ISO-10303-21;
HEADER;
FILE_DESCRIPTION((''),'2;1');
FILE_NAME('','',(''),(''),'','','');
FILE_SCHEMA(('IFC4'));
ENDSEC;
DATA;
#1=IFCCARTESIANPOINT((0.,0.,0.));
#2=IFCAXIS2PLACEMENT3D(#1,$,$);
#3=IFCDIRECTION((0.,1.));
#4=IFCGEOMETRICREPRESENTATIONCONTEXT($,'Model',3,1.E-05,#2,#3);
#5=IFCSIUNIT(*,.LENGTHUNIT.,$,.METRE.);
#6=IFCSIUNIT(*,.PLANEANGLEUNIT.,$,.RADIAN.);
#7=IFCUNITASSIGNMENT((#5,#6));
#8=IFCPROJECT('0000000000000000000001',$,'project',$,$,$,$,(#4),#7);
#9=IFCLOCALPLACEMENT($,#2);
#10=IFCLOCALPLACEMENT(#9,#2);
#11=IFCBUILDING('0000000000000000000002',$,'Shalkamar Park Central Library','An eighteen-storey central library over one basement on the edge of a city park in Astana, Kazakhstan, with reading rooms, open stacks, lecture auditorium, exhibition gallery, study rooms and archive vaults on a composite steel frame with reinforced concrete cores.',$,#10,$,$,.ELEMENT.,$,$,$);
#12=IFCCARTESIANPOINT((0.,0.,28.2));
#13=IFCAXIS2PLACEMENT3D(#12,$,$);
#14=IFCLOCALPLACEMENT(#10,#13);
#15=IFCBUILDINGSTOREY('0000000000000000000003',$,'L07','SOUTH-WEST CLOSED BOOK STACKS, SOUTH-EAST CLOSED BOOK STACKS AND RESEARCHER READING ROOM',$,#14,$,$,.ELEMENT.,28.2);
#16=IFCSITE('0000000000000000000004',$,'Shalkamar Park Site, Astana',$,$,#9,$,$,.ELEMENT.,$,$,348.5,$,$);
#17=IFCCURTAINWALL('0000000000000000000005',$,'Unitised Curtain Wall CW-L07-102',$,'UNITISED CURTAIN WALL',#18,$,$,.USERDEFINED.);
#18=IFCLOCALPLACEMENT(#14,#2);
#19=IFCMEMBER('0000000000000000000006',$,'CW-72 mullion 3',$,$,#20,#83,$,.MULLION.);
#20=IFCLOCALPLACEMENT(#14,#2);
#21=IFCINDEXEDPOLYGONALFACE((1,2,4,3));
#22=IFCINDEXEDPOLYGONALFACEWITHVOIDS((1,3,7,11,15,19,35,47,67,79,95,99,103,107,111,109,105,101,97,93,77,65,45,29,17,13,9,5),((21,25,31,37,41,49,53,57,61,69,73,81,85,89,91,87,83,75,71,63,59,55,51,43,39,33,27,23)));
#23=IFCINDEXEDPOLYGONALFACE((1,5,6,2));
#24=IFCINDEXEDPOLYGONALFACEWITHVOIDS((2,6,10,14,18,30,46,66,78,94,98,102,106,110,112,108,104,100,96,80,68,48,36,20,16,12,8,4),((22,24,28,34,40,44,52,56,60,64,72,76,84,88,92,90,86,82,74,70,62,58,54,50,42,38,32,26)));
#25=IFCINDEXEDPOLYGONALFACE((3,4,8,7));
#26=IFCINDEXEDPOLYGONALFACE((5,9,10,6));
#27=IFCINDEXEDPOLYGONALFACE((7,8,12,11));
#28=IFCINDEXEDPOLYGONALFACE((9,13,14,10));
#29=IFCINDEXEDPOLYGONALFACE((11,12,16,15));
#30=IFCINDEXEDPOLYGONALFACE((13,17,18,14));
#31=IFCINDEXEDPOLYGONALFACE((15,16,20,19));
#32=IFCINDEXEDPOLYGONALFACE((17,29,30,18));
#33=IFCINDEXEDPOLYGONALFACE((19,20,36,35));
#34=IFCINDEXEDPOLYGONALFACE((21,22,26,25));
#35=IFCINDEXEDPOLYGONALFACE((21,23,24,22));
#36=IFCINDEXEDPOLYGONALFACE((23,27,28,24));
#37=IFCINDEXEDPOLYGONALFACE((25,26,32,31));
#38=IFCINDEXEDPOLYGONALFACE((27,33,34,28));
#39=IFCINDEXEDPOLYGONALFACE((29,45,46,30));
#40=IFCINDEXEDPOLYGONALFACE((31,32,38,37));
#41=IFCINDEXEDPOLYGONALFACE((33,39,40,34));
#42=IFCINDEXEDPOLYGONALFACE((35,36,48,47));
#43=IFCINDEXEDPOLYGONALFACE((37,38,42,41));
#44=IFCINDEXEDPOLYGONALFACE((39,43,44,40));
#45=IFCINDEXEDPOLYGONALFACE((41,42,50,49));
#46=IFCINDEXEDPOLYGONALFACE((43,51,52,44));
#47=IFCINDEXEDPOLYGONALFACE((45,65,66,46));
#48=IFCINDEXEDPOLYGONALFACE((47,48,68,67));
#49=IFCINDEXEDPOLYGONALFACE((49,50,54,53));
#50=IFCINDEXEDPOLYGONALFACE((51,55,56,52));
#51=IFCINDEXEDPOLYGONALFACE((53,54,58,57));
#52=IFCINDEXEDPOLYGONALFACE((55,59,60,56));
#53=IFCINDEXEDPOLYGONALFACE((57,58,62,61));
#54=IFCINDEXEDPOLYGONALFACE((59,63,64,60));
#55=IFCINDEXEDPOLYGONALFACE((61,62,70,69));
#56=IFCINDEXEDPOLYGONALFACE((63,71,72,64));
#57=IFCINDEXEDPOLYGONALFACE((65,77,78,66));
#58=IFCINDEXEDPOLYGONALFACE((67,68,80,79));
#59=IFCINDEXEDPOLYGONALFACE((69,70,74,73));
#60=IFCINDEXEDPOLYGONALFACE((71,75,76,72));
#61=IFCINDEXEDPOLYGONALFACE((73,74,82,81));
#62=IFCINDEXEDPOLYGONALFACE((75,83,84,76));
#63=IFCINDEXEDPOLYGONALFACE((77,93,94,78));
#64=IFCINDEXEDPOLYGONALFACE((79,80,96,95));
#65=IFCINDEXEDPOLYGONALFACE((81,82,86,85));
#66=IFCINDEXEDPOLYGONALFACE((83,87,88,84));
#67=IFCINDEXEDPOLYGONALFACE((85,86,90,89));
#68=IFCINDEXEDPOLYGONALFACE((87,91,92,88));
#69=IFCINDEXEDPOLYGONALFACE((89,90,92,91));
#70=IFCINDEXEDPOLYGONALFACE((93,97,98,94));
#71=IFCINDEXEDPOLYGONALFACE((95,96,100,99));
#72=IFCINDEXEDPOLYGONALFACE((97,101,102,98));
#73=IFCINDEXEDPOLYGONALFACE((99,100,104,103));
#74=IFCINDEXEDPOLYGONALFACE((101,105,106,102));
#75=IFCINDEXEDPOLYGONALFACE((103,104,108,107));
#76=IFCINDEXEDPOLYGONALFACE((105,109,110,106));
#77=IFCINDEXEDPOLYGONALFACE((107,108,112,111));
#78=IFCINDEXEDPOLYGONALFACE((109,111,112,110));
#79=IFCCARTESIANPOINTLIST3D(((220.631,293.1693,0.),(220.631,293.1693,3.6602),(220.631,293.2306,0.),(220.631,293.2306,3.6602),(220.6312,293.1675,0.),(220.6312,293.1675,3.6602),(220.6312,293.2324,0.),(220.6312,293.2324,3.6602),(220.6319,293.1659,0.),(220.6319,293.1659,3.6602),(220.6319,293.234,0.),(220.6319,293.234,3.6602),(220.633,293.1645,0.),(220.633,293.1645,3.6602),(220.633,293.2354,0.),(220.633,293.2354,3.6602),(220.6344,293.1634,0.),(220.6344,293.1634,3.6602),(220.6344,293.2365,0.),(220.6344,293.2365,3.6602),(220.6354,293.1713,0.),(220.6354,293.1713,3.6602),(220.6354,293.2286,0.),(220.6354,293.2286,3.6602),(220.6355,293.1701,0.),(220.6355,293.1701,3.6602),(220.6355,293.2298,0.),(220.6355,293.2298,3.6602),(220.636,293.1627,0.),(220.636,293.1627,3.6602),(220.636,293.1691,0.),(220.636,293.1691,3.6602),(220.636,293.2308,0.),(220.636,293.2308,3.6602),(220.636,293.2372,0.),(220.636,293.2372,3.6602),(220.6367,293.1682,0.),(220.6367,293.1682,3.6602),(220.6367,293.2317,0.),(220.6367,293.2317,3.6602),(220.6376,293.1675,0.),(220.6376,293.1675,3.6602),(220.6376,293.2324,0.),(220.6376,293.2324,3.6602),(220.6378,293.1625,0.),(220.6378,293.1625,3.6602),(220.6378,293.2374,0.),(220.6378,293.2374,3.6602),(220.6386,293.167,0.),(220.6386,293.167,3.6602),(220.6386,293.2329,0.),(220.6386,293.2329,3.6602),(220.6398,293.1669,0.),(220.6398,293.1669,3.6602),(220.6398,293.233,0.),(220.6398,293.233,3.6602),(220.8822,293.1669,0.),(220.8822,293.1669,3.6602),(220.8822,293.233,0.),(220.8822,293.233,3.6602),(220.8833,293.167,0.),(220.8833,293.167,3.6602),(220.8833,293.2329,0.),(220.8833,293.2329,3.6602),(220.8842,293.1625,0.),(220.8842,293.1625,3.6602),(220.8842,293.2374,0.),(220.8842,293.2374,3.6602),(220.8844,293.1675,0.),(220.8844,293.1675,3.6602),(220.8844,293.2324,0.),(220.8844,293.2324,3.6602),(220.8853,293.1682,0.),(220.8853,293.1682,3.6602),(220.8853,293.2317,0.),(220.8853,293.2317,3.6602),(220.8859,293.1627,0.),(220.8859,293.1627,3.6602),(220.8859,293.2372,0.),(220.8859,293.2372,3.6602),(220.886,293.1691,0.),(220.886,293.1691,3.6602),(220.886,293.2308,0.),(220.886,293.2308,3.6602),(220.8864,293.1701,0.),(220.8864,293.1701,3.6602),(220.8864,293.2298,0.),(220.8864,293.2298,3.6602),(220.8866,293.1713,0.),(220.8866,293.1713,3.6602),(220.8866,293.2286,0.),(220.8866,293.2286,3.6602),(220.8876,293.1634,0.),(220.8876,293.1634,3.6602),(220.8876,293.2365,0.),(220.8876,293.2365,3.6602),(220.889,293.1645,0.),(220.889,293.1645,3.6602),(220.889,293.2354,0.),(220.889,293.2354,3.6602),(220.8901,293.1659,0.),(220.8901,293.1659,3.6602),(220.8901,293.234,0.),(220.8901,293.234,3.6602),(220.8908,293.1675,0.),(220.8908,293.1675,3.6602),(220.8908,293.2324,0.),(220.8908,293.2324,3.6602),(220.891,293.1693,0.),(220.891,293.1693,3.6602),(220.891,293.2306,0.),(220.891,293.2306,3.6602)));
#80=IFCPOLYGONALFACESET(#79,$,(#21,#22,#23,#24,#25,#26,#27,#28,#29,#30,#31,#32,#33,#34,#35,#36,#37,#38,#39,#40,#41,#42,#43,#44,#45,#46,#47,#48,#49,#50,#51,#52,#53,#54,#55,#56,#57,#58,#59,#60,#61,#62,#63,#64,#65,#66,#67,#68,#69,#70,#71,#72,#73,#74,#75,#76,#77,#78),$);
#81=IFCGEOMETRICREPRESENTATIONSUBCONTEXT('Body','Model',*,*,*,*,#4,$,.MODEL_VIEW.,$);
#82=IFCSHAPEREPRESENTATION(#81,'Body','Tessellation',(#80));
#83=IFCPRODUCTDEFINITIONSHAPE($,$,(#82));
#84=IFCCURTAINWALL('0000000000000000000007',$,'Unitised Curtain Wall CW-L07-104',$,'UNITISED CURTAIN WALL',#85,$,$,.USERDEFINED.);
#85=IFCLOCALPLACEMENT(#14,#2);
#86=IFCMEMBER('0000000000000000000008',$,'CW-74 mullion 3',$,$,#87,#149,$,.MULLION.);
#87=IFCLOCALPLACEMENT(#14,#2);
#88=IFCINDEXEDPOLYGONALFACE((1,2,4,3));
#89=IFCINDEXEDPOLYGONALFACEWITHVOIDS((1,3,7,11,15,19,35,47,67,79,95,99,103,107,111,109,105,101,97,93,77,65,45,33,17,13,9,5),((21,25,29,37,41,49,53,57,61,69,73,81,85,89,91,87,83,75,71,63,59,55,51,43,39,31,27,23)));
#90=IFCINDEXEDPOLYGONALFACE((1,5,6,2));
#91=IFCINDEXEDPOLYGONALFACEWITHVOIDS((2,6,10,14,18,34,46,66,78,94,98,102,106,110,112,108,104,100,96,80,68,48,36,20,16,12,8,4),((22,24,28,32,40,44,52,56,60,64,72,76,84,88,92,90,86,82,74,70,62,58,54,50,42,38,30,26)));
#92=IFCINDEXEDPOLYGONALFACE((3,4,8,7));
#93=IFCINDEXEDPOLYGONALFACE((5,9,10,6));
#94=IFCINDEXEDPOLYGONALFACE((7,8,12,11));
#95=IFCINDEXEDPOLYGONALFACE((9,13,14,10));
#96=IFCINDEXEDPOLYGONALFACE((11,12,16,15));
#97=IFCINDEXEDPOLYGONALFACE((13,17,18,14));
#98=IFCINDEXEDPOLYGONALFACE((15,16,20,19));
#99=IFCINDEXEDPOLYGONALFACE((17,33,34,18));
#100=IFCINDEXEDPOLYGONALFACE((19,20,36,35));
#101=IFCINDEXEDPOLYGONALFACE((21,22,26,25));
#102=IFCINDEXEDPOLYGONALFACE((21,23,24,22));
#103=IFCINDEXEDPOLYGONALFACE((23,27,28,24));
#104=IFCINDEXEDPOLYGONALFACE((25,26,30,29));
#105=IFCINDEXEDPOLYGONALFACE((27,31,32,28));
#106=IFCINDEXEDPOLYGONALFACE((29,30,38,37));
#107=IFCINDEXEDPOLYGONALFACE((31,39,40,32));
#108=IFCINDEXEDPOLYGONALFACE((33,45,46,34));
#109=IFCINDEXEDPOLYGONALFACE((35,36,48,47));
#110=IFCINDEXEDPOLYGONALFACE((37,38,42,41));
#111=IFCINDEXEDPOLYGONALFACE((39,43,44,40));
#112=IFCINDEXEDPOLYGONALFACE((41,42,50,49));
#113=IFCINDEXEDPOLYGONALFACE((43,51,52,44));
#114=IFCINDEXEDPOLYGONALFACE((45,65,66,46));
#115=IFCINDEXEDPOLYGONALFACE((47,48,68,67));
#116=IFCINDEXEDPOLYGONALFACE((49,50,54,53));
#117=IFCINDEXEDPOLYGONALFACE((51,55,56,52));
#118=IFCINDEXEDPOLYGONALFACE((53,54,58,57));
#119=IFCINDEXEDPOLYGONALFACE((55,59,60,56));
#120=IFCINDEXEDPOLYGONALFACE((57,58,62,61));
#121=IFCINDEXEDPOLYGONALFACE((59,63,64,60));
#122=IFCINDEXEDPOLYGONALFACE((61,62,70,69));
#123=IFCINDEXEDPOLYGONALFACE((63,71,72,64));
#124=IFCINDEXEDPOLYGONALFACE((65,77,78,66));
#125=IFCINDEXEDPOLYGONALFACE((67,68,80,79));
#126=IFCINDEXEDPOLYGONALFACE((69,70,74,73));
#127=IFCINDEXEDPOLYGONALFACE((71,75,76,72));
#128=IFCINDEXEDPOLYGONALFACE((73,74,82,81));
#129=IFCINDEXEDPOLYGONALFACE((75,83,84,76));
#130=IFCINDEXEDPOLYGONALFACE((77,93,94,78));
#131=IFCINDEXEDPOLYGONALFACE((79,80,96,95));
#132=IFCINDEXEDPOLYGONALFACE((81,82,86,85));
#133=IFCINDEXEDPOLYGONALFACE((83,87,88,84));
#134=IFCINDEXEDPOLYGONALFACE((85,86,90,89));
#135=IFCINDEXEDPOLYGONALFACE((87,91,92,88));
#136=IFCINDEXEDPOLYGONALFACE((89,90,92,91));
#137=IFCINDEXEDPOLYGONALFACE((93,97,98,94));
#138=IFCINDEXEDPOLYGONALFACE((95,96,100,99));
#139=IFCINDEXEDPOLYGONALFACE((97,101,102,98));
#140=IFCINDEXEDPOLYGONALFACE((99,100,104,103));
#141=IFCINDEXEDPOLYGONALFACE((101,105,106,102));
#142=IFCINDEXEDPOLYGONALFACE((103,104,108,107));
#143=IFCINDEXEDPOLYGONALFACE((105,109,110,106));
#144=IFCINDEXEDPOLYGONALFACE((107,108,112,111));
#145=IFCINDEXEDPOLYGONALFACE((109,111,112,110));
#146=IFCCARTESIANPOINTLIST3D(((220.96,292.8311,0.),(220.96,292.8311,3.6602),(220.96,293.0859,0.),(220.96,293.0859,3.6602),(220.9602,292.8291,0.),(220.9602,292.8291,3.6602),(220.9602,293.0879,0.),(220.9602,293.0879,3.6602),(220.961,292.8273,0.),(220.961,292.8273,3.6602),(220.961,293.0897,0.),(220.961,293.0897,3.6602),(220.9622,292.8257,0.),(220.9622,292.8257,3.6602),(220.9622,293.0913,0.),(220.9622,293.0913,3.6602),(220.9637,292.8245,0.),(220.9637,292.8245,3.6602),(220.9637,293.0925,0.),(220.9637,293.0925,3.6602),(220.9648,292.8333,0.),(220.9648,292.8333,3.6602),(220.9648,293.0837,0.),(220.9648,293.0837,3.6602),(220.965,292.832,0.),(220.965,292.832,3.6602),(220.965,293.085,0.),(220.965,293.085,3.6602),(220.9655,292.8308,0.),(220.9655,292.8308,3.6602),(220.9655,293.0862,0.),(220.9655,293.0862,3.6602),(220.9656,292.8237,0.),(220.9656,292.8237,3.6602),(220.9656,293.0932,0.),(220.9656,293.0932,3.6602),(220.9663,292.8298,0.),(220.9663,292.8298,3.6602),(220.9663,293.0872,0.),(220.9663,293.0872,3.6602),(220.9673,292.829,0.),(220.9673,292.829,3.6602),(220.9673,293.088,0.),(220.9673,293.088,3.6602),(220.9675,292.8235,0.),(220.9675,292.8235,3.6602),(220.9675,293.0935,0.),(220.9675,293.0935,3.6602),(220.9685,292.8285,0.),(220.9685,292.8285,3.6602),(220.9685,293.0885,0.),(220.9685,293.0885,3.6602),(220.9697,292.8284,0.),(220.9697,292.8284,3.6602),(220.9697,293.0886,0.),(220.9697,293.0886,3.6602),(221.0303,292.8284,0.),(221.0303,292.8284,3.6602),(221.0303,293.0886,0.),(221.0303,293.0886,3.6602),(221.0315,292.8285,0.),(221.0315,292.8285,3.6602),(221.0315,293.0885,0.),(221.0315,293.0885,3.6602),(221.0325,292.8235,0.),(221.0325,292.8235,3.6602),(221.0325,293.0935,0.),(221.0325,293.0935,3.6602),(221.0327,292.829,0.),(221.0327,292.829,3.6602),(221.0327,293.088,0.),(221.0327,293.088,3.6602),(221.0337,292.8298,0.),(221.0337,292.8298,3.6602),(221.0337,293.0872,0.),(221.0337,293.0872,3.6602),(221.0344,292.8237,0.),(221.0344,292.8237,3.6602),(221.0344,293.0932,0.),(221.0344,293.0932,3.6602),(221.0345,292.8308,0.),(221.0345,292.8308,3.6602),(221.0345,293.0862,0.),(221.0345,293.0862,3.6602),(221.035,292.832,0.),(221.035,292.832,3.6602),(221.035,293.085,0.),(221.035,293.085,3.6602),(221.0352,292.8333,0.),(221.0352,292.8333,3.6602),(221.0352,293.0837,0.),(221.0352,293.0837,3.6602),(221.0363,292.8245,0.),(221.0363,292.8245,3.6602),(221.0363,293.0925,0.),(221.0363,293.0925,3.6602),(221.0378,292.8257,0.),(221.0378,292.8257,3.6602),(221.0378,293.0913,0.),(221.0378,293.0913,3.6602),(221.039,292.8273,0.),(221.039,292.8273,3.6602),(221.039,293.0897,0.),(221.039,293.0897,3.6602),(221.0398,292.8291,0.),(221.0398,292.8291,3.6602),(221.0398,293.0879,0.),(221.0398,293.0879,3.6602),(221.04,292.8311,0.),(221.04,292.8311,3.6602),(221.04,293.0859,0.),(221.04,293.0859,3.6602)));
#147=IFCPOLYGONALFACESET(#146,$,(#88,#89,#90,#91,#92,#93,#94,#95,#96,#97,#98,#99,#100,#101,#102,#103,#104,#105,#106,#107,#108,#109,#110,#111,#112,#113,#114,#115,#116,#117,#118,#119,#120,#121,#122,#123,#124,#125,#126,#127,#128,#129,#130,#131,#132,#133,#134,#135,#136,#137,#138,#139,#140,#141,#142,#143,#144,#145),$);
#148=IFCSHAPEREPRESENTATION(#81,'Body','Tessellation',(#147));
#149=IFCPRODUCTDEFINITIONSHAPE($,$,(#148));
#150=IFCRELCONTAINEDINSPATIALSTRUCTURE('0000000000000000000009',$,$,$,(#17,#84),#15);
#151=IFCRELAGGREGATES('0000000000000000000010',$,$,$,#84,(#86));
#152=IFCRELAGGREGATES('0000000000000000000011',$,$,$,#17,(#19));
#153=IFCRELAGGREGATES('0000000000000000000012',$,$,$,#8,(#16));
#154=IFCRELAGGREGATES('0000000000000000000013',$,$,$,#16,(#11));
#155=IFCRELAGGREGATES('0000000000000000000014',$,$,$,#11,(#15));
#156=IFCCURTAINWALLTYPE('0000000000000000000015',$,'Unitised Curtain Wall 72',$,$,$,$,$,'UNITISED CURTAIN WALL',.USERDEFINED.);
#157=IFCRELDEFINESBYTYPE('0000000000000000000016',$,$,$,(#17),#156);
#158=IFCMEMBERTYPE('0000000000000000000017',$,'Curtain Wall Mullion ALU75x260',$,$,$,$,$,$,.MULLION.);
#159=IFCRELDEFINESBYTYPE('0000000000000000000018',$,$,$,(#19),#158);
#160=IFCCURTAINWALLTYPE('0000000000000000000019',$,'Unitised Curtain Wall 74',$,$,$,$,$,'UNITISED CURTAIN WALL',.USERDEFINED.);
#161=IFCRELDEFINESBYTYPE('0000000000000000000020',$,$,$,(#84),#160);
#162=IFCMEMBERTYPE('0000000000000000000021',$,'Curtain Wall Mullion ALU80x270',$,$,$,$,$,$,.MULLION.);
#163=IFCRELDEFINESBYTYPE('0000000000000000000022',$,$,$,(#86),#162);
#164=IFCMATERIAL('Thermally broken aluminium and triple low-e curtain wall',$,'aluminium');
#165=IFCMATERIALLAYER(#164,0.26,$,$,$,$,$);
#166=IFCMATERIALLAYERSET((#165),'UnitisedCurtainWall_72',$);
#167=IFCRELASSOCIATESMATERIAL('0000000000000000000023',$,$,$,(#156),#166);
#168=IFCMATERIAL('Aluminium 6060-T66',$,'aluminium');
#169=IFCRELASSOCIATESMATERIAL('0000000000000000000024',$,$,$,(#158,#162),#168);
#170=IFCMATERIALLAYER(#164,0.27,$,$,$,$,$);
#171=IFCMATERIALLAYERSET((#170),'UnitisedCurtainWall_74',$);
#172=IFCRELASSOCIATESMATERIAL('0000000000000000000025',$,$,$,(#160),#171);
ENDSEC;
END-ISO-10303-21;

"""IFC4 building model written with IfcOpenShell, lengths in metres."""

from ifc_helpers import new_model, si_unit, direction, frame, origin, origin_2d, place, context, subcontext, project, spatial, hollow_rectangle, extrude, material, layer, layer_set, material_profile, profile_set, type_object, element, aggregate, save


model = new_model("IFC4")

# Units and contexts
model_context = context("Model", 3, precision=1e-05, world=origin(), true_north=direction((0.0, 1.0)))
body_context = subcontext(model_context, "Body", "Model", "MODEL_VIEW")
ifc_project = project(units=[si_unit("LENGTHUNIT", "METRE"), si_unit("PLANEANGLEUNIT", "RADIAN")], contexts=[model_context])

# Site, building, storey
site_placement = place(None, origin())
site = spatial("IfcSite", under=ifc_project, at=site_placement, Name="Shalkamar Park Site, Astana", CompositionType="ELEMENT", RefElevation=348.5)
building_placement = place(site_placement, origin())
building = spatial("IfcBuilding", under=site, at=building_placement, Name="Shalkamar Park Central Library", Description="An eighteen-storey central library over one basement on the edge of a city park in Astana, Kazakhstan, with reading rooms, open stacks, lecture auditorium, exhibition gallery, study rooms and archive vaults on a composite steel frame with reinforced concrete cores.", CompositionType="ELEMENT")
storey_placement = place(building_placement, frame((0.0, 0.0, 28.2)))
storey = spatial("IfcBuildingStorey", under=building, at=storey_placement, Name="L07", Description="SOUTH-WEST CLOSED BOOK STACKS, SOUTH-EAST CLOSED BOOK STACKS AND RESEARCHER READING ROOM", CompositionType="ELEMENT", Elevation=28.2)

# Shared definitions
ifc_material_1 = material(Name="Thermally broken aluminium and triple low-e curtain wall", Category="aluminium")
ifc_material_2 = material(Name="Aluminium 6060-T66", Category="aluminium")

# Curtain wall, member
ifc_layer_1 = layer(ifc_material_1, 0.26)
ifc_layer_set_1 = layer_set([ifc_layer_1], Name="UnitisedCurtainWall_72")
curtain_wall_type_1 = type_object("IfcCurtainWallType", Name="Unitised Curtain Wall 72", ElementType="UNITISED CURTAIN WALL", PredefinedType="USERDEFINED", material=ifc_layer_set_1)
curtain_wall_1_placement = place(storey_placement, origin())
curtain_wall_1 = element("IfcCurtainWall", 1, at=curtain_wall_1_placement, inside=storey, type_object=curtain_wall_type_1, Name="Unitised Curtain Wall CW-L07-102", ObjectType="UNITISED CURTAIN WALL", PredefinedType="USERDEFINED")
ifc_material_profile_1 = material_profile(ifc_material_2, hollow_rectangle(XDim=0.075, YDim=0.26, WallThickness=0.0044, InnerFilletRadius=0.0044, OuterFilletRadius=0.0068, at=origin_2d()), Name="ALU 75x260x4.5")
ifc_profile_set_1 = profile_set([ifc_material_profile_1], Name="Aluminium 6060-T66")
member_type_1 = type_object("IfcMemberType", Name="Curtain Wall Mullion ALU75x260", PredefinedType="MULLION", material=ifc_profile_set_1)
member_1_placement = place(storey_placement, frame((220.761, 293.2, 0.0), z_axis=(0.0, 0.0, 1.0), x_axis=(0.0, 1.0, 0.0)))
member_1 = element("IfcMember", 2, at=member_1_placement, type_object=member_type_1, Name="CW-72 mullion 3", PredefinedType="MULLION", context=body_context, shape_type="SweptSolid", body=[
    extrude(hollow_rectangle(XDim=0.075, YDim=0.26, WallThickness=0.0044, InnerFilletRadius=0.0044, OuterFilletRadius=0.0068, at=origin_2d()), origin(), (0.0, 0.0, 1.0), 3.6602),
])

# Curtain wall, member
ifc_layer_2 = layer(ifc_material_1, 0.27)
ifc_layer_set_2 = layer_set([ifc_layer_2], Name="UnitisedCurtainWall_74")
curtain_wall_type_2 = type_object("IfcCurtainWallType", Name="Unitised Curtain Wall 74", ElementType="UNITISED CURTAIN WALL", PredefinedType="USERDEFINED", material=ifc_layer_set_2)
curtain_wall_2_placement = place(storey_placement, origin())
curtain_wall_2 = element("IfcCurtainWall", 3, at=curtain_wall_2_placement, inside=storey, type_object=curtain_wall_type_2, Name="Unitised Curtain Wall CW-L07-104", ObjectType="UNITISED CURTAIN WALL", PredefinedType="USERDEFINED")
ifc_material_profile_2 = material_profile(ifc_material_2, hollow_rectangle(XDim=0.0801, YDim=0.27, WallThickness=0.0049, InnerFilletRadius=0.0049, OuterFilletRadius=0.0076, at=origin_2d()), Name="ALU 80x270x5")
ifc_profile_set_2 = profile_set([ifc_material_profile_2], Name="Aluminium 6060-T66")
member_type_2 = type_object("IfcMemberType", Name="Curtain Wall Mullion ALU80x270", PredefinedType="MULLION", material=ifc_profile_set_2)
member_2_placement = place(storey_placement, frame((221.0, 292.9585, 0.0), z_axis=(0.0, 0.0, 1.0), x_axis=(-1.0, 0.0, 0.0)))
member_2 = element("IfcMember", 4, at=member_2_placement, type_object=member_type_2, Name="CW-74 mullion 3", PredefinedType="MULLION", context=body_context, shape_type="SweptSolid", body=[
    extrude(hollow_rectangle(XDim=0.0801, YDim=0.27, WallThickness=0.0049, InnerFilletRadius=0.0049, OuterFilletRadius=0.0076, at=origin_2d()), origin(), (0.0, 0.0, 1.0), 3.6602),
])
aggregate(curtain_wall_2, [member_2])

aggregate(curtain_wall_1, [member_1])

save(model, "model.ifc")
